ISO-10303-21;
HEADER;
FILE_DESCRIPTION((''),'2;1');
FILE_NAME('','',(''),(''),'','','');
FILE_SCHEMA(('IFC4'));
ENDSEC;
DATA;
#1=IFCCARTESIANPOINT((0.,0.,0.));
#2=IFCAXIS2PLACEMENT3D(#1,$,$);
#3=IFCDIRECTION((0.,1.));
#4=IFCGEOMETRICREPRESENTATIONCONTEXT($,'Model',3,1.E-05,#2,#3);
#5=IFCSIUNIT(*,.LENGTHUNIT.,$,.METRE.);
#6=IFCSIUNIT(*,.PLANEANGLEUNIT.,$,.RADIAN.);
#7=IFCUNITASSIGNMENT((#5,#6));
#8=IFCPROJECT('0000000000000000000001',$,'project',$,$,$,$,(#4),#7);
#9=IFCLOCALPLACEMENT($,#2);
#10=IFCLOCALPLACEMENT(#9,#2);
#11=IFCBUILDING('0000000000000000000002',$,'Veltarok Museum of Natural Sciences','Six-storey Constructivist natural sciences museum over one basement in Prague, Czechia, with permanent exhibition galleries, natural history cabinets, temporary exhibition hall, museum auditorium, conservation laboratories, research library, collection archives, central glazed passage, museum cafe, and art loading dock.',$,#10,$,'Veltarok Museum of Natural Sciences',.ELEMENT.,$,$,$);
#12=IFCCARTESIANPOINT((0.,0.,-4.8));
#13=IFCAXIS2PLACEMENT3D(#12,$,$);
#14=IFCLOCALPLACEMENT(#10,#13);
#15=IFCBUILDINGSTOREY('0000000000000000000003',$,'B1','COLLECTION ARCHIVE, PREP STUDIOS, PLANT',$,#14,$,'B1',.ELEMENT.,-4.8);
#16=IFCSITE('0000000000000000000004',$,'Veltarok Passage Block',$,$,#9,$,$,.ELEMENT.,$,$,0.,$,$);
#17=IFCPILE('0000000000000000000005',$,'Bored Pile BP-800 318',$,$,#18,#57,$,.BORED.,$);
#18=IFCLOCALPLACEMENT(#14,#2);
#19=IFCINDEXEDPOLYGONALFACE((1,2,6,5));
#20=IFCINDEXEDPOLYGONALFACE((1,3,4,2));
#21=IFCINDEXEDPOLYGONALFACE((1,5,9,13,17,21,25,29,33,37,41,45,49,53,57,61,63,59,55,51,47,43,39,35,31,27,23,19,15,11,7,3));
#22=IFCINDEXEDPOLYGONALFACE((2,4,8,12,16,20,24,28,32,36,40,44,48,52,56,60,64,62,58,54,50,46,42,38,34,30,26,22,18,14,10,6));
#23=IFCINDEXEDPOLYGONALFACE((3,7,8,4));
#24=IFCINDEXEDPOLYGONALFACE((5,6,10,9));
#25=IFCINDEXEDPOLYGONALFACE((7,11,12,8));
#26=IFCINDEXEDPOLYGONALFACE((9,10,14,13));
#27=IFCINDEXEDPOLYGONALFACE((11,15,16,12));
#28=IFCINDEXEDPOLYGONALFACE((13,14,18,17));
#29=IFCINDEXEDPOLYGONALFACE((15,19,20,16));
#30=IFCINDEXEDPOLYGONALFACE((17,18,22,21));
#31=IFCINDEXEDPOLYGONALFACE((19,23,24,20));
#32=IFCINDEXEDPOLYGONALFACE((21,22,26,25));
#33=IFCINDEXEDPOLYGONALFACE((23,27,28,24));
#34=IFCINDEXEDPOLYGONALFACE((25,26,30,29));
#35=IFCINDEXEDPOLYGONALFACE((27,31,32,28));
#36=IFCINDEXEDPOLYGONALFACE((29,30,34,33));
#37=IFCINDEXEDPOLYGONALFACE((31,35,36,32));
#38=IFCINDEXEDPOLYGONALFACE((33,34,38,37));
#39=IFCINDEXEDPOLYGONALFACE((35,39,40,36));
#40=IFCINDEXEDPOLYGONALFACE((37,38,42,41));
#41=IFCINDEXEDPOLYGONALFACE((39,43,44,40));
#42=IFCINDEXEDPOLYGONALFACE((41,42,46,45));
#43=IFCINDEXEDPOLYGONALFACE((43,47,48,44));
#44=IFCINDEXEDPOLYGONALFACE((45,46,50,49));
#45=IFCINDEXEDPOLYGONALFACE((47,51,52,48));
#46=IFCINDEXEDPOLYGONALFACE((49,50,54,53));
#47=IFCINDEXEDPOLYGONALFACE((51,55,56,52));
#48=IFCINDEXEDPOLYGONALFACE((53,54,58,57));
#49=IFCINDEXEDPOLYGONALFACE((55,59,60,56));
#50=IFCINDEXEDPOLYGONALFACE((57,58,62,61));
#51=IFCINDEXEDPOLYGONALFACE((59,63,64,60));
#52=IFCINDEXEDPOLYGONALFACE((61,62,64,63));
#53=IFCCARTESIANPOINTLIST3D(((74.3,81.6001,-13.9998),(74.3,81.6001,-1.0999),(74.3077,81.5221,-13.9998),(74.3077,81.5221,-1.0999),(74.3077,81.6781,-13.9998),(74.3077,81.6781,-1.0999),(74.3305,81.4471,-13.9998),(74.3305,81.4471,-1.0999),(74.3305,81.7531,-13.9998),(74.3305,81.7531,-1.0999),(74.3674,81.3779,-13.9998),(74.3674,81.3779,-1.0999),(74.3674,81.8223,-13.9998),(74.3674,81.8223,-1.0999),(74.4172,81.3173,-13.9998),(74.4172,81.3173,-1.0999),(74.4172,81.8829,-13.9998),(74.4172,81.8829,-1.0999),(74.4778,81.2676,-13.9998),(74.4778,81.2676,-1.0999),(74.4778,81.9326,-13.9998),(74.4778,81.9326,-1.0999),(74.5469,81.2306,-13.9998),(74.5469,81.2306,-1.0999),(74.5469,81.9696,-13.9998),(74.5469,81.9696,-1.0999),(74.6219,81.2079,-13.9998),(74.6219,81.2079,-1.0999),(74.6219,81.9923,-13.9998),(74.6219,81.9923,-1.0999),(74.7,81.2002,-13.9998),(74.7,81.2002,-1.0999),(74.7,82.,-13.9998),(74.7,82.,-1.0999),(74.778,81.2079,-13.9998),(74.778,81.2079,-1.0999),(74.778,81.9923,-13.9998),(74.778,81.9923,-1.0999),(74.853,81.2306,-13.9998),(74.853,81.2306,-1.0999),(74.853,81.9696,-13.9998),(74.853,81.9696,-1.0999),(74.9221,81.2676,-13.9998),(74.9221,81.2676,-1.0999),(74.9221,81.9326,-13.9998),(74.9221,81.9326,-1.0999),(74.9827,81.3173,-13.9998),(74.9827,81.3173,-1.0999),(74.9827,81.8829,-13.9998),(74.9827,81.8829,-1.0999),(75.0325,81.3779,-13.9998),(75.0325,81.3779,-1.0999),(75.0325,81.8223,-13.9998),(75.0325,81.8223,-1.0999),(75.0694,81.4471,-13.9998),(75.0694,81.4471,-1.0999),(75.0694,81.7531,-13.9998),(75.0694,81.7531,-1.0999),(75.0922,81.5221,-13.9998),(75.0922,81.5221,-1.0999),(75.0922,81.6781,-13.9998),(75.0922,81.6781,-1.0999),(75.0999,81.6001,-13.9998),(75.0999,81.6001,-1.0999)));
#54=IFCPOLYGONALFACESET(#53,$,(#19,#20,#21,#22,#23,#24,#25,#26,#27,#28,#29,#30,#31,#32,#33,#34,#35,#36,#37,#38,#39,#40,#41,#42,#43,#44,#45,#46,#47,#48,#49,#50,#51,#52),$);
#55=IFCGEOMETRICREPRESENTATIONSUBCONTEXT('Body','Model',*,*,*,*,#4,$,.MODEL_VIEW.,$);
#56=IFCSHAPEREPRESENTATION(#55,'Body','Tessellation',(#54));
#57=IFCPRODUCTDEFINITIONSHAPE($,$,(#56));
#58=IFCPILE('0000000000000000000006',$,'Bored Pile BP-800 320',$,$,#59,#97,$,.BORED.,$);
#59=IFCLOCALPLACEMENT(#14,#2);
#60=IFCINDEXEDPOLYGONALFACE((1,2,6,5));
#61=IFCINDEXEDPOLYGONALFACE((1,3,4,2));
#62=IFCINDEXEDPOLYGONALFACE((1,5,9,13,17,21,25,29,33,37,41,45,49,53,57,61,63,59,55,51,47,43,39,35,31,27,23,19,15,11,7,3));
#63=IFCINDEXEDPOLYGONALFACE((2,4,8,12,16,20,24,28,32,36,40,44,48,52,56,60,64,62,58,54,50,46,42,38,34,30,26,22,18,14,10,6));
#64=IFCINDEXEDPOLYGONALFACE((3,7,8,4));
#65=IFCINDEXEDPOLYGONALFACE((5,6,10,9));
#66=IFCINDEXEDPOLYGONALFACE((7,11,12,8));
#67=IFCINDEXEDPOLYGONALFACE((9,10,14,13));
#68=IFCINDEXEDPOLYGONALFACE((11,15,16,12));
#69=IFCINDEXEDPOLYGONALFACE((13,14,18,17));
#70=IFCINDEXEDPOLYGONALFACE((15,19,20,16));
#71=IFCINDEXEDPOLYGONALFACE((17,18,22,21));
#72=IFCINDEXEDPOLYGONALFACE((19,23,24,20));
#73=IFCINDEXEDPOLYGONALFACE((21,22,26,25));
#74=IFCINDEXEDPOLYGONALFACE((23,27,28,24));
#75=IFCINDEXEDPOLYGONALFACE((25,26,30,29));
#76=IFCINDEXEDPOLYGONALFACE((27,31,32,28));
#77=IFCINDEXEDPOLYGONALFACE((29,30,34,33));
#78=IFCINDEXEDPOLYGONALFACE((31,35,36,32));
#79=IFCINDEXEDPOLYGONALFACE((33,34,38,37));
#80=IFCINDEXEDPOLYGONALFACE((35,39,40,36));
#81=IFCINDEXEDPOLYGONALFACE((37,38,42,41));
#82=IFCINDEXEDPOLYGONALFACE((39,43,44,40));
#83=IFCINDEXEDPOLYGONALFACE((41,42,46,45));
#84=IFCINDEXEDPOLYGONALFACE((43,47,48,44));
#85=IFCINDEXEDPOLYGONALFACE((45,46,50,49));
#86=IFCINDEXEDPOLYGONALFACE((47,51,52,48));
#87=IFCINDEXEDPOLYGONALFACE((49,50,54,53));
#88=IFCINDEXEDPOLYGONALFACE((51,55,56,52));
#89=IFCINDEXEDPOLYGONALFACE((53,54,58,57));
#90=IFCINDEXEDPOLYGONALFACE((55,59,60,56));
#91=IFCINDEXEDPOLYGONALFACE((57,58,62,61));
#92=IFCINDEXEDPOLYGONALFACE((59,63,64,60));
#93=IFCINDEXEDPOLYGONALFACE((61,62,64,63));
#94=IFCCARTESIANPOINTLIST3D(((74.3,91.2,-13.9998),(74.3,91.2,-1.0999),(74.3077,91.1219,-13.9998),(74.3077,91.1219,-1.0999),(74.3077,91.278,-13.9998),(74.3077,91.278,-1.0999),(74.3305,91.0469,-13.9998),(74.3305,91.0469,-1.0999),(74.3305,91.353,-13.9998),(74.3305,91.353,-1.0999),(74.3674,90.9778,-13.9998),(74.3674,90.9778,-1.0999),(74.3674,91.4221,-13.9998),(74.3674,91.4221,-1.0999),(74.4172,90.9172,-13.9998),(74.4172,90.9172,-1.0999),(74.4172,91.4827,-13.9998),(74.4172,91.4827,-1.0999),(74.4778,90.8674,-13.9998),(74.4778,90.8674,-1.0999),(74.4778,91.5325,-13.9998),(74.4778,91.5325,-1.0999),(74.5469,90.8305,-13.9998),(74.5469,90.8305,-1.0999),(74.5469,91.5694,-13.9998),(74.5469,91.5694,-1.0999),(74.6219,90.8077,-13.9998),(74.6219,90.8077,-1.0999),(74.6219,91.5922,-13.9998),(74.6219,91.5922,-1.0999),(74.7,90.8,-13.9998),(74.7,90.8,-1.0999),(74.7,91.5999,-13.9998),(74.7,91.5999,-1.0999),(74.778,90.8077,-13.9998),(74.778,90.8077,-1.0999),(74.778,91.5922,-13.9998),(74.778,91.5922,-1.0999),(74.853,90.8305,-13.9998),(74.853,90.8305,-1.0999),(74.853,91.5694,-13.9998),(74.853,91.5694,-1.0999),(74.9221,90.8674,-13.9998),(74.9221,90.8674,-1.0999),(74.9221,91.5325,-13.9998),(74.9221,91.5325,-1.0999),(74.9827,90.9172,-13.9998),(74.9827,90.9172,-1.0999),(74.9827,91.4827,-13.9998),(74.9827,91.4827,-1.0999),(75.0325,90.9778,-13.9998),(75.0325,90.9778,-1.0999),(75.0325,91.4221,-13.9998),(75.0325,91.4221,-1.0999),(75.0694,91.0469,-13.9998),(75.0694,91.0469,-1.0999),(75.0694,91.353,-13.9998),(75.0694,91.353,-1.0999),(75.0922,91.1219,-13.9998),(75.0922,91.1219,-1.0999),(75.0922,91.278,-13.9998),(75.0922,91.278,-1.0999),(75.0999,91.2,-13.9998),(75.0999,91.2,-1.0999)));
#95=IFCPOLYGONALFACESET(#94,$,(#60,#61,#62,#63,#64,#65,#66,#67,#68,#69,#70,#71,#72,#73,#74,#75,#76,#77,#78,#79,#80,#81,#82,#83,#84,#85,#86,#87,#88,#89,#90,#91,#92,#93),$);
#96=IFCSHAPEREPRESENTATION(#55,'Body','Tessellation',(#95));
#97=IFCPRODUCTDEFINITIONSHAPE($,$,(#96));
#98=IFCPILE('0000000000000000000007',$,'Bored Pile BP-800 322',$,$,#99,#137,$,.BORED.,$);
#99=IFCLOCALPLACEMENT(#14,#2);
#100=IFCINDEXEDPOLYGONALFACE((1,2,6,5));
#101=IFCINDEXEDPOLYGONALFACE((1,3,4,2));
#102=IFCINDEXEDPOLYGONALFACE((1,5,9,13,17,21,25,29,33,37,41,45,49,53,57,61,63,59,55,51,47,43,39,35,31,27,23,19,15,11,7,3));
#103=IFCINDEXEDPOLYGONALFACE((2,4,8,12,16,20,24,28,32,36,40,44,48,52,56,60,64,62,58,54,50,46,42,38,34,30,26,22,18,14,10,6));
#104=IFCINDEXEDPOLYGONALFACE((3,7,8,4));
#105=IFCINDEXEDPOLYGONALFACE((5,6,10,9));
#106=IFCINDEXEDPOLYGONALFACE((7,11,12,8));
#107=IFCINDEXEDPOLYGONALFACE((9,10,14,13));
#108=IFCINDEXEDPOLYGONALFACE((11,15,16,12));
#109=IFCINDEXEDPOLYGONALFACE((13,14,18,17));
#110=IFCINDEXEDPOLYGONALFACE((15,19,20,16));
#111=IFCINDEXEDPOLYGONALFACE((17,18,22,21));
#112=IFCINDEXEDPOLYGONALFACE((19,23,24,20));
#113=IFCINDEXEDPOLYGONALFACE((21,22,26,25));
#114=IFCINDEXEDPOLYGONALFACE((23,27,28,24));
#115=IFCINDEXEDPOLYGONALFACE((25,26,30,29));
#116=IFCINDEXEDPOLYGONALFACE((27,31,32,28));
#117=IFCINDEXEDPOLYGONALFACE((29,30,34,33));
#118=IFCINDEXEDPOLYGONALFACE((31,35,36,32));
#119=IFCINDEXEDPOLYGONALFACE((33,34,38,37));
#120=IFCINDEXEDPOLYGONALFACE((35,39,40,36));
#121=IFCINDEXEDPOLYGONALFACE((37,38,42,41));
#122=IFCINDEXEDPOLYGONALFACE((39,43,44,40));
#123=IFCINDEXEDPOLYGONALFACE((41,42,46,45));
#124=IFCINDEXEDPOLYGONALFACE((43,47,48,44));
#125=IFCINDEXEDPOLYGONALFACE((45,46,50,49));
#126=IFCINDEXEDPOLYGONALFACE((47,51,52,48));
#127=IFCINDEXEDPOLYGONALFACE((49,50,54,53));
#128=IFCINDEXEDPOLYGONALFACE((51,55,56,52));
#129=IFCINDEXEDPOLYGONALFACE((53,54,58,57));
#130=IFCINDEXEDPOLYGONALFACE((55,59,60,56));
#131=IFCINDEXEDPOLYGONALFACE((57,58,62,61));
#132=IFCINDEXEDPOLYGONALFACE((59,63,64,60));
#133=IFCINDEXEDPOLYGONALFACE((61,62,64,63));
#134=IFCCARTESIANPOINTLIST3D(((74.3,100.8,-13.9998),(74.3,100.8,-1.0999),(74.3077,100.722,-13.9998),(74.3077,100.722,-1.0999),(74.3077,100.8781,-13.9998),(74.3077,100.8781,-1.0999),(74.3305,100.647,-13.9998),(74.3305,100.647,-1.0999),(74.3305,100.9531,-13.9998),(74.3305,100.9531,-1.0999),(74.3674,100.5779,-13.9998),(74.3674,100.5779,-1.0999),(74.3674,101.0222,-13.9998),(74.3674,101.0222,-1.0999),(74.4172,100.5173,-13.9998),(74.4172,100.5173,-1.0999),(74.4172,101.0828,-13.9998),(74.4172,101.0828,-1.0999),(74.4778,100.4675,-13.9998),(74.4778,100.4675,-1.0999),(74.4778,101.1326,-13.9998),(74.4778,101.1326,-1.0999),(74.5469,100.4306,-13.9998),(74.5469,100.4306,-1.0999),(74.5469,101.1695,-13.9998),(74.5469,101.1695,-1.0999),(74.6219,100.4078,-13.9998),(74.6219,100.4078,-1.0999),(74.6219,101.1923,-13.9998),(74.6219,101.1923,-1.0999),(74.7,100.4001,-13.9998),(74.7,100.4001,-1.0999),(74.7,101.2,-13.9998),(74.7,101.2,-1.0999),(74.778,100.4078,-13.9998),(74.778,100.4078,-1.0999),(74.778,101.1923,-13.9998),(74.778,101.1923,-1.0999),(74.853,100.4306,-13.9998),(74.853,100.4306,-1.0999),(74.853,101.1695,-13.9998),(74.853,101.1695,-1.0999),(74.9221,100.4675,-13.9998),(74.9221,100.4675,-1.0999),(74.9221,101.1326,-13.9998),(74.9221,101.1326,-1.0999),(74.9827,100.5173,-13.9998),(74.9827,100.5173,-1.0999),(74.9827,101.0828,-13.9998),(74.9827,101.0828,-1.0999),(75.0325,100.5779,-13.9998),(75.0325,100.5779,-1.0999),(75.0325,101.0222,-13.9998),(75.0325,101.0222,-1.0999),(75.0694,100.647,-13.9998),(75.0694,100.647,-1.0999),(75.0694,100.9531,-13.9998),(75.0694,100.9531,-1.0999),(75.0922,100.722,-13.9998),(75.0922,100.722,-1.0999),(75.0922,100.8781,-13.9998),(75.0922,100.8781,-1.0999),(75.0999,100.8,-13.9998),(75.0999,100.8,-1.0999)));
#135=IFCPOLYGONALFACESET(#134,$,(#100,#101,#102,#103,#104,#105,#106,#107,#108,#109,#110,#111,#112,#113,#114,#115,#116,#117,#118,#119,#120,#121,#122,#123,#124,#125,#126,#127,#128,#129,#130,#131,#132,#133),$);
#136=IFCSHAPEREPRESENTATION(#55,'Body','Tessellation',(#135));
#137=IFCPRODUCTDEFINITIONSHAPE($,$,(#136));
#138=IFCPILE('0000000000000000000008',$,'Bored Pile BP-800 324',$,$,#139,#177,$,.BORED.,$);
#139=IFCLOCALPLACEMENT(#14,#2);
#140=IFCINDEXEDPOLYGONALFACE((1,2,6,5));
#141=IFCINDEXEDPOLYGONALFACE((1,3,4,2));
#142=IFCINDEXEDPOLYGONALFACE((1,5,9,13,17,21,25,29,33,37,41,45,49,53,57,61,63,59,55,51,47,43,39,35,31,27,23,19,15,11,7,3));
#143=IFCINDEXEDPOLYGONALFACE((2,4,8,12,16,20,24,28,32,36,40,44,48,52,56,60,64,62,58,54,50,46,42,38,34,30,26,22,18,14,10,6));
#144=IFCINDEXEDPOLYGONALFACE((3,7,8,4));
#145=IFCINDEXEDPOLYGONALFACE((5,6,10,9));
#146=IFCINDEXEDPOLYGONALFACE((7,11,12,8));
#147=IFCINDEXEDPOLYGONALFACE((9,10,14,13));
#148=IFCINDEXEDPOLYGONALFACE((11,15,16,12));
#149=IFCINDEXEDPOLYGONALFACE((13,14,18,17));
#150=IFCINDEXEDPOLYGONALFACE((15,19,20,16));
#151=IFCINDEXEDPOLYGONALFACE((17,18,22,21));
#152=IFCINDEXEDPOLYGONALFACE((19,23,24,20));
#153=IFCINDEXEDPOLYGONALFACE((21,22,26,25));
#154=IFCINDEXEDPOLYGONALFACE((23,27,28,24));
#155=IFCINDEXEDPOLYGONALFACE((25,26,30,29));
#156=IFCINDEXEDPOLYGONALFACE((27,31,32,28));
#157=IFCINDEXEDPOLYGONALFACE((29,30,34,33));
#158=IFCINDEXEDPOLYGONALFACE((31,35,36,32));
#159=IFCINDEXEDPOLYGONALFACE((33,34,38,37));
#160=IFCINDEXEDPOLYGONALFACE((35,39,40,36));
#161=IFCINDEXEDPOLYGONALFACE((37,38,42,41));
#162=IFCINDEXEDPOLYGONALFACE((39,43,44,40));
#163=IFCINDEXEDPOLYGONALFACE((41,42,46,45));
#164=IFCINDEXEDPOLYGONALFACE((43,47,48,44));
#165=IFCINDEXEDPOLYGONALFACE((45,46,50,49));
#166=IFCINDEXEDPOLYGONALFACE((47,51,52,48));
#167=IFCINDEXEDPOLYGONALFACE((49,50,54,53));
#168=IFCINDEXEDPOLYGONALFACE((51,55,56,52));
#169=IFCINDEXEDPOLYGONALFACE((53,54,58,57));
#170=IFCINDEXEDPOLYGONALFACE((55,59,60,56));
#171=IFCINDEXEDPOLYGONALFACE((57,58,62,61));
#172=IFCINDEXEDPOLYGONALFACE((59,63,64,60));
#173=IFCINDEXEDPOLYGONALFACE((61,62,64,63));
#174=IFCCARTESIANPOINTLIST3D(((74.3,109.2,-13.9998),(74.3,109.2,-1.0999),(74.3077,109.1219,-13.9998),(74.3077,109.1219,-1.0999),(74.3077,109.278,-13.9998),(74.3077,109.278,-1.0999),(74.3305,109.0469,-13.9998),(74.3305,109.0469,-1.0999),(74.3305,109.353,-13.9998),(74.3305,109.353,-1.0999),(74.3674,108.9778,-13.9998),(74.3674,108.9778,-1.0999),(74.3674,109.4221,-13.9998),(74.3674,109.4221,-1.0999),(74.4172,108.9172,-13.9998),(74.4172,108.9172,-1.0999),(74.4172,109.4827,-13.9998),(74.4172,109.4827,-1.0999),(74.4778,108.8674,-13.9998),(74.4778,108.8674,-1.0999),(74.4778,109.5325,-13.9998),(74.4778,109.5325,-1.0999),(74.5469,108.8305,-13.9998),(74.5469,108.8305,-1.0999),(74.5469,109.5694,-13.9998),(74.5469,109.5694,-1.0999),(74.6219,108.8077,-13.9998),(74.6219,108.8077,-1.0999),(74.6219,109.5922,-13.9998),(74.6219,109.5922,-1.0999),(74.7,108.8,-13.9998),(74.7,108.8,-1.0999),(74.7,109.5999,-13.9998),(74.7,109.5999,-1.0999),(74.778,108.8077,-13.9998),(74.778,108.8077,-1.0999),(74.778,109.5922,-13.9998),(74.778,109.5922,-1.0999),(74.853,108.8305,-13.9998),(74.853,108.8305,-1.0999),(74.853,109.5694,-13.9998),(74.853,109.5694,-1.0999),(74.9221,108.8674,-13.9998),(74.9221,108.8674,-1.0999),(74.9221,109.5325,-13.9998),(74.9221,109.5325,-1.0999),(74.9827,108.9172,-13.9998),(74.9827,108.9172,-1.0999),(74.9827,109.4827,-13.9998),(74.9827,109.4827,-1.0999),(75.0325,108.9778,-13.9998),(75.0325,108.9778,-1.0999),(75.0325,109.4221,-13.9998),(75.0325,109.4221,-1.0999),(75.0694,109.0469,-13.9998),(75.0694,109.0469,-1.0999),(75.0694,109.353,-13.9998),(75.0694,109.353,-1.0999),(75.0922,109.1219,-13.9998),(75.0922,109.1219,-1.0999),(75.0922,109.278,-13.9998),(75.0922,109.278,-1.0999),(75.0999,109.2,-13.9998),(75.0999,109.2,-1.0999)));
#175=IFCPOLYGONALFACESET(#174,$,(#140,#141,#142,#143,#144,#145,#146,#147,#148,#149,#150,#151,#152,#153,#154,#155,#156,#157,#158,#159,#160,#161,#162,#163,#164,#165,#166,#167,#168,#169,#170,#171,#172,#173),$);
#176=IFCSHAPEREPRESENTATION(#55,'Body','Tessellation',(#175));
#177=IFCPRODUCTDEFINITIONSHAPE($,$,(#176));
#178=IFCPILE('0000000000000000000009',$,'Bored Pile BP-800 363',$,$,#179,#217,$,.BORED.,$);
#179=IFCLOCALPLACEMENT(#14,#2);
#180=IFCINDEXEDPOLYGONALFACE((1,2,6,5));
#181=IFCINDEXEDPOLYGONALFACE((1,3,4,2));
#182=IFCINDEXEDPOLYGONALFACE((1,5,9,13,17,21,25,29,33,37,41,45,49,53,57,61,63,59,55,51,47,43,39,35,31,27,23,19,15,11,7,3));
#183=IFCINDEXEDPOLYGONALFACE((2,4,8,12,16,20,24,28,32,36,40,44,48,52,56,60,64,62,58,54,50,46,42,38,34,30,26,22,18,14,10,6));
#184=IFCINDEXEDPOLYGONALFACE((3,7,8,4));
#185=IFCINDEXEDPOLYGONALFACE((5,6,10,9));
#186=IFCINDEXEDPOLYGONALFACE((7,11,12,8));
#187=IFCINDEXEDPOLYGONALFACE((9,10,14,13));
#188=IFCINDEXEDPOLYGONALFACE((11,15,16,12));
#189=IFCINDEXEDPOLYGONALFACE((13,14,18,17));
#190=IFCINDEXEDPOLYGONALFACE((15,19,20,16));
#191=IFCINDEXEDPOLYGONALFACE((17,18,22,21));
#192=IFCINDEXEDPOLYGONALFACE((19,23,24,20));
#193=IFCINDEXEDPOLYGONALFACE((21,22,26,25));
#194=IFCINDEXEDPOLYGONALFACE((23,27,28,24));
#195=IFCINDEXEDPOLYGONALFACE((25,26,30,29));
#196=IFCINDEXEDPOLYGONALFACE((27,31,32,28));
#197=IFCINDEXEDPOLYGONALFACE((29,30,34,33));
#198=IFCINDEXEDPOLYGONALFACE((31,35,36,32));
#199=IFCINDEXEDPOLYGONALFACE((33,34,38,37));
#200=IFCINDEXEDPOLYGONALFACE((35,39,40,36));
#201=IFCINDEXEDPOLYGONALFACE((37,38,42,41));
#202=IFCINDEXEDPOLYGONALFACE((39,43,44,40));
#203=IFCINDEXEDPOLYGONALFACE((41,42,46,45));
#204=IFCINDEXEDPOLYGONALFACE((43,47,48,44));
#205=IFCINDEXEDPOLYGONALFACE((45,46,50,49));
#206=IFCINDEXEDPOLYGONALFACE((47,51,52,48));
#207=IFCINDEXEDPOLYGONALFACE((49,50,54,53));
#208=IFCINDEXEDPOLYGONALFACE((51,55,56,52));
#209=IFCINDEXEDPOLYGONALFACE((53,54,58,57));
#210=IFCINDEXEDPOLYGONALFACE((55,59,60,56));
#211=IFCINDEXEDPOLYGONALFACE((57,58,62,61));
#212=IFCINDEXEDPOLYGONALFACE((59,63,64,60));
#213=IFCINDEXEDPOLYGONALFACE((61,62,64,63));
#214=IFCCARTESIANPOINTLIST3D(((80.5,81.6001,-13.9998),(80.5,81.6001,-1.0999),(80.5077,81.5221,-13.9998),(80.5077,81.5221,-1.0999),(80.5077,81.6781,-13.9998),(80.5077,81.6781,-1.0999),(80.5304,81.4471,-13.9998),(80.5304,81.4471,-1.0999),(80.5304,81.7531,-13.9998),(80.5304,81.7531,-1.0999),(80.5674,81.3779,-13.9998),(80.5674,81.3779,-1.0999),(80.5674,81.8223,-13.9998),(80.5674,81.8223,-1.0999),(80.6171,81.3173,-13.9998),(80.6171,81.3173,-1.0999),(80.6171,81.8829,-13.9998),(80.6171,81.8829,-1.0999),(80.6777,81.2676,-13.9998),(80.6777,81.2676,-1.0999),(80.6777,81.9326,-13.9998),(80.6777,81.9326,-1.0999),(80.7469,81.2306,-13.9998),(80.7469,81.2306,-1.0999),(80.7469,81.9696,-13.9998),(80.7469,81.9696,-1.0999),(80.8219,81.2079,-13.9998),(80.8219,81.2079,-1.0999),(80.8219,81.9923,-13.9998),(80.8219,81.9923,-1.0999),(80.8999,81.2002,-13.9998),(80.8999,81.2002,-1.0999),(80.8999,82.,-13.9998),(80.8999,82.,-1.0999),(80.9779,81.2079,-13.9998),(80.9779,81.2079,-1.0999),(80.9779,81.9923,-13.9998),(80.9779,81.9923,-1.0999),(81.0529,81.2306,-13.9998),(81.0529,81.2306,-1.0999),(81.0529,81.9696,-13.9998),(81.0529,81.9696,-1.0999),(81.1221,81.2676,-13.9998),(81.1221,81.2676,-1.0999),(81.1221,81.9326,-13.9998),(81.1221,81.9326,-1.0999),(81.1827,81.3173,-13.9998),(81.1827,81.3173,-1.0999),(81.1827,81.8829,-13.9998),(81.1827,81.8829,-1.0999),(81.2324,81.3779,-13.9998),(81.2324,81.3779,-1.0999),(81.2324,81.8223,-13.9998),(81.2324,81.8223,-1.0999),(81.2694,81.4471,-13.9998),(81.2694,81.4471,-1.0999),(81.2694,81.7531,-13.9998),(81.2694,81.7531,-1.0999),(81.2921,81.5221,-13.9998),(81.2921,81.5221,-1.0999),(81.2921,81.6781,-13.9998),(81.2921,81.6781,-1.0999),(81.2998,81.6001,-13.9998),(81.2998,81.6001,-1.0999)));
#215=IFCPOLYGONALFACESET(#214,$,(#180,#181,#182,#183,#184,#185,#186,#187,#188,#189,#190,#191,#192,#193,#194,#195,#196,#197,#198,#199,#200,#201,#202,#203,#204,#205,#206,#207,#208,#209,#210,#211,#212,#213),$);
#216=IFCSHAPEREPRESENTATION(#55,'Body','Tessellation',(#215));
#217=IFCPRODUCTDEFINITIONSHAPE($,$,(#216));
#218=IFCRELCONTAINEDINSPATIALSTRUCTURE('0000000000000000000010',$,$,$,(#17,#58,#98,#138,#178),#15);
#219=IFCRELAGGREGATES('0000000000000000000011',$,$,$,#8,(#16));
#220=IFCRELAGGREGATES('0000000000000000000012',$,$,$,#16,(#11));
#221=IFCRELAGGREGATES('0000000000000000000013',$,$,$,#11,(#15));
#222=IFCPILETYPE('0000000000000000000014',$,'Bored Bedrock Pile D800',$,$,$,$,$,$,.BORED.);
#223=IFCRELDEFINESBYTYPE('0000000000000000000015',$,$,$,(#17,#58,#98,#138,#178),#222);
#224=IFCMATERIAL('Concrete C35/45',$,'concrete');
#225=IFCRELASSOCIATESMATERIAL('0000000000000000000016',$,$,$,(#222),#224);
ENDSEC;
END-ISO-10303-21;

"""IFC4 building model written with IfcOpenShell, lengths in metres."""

from ifc_helpers import new_model, si_unit, direction, frame, origin, origin_2d, place, context, subcontext, project, spatial, circle, extrude, material, material_profile, profile_set, type_object, element, save


model = new_model("IFC4")

# Units and contexts
model_context = context("Model", 3, precision=1e-05, world=origin(), true_north=direction((0.0, 1.0)))
body_context = subcontext(model_context, "Body", "Model", "MODEL_VIEW")
ifc_project = project(units=[si_unit("LENGTHUNIT", "METRE"), si_unit("PLANEANGLEUNIT", "RADIAN")], contexts=[model_context])

# Site, building, storey
site_placement = place(None, origin())
site = spatial("IfcSite", under=ifc_project, at=site_placement, Name="Veltarok Passage Block", CompositionType="ELEMENT", RefElevation=0.0)
building_placement = place(site_placement, origin())
building = spatial("IfcBuilding", under=site, at=building_placement, Name="Veltarok Museum of Natural Sciences", Description="Six-storey Constructivist natural sciences museum over one basement in Prague, Czechia, with permanent exhibition galleries, natural history cabinets, temporary exhibition hall, museum auditorium, conservation laboratories, research library, collection archives, central glazed passage, museum cafe, and art loading dock.", LongName="Veltarok Museum of Natural Sciences", CompositionType="ELEMENT")
storey_placement = place(building_placement, frame((0.0, 0.0, -4.8)))
storey = spatial("IfcBuildingStorey", under=building, at=storey_placement, Name="B1", Description="COLLECTION ARCHIVE, PREP STUDIOS, PLANT", LongName="B1", CompositionType="ELEMENT", Elevation=-4.8)

# Piles
ifc_material_1 = material(Name="Concrete C35/45", Category="concrete")
ifc_material_profile_1 = material_profile(ifc_material_1, circle(Radius=0.3999, at=origin_2d()), Name="BP D800")
ifc_profile_set_1 = profile_set([ifc_material_profile_1], Name="Concrete C35/45")
pile_type_1 = type_object("IfcPileType", Name="Bored Bedrock Pile D800", PredefinedType="BORED", material=ifc_profile_set_1)
for number, where, z_axis, x_axis, name in (
    (1, (74.7, 81.6001, -1.0999), (0.0, 0.0, -1.0), (1.0, 0.0, 0.0), "Bored Pile BP-800 318"),
    (2, (74.7, 91.2, -1.0999), (0.0, 0.0, -1.0), (1.0, 0.0, 0.0), "Bored Pile BP-800 320"),
    (3, (74.7, 100.8, -1.0999), (0.0, 0.0, -1.0), (1.0, 0.0, 0.0), "Bored Pile BP-800 322"),
    (4, (74.7, 109.2, -1.0999), (0.0, 0.0, -1.0), (1.0, 0.0, 0.0), "Bored Pile BP-800 324"),
    (5, (80.8999, 81.6001, -1.0999), (0.0, 0.0, -1.0), (1.0, 0.0, 0.0), "Bored Pile BP-800 363"),
):
    element("IfcPile", number, at=place(storey_placement, frame(where, z_axis=z_axis, x_axis=x_axis)), inside=storey, type_object=pile_type_1, Name=name, PredefinedType="BORED", context=body_context, shape_type="SweptSolid", body=[
        extrude(circle(Radius=0.3999, at=origin_2d()), origin(), (0.0, 0.0, 1.0), 12.8999),
    ])

save(model, "model.ifc")
